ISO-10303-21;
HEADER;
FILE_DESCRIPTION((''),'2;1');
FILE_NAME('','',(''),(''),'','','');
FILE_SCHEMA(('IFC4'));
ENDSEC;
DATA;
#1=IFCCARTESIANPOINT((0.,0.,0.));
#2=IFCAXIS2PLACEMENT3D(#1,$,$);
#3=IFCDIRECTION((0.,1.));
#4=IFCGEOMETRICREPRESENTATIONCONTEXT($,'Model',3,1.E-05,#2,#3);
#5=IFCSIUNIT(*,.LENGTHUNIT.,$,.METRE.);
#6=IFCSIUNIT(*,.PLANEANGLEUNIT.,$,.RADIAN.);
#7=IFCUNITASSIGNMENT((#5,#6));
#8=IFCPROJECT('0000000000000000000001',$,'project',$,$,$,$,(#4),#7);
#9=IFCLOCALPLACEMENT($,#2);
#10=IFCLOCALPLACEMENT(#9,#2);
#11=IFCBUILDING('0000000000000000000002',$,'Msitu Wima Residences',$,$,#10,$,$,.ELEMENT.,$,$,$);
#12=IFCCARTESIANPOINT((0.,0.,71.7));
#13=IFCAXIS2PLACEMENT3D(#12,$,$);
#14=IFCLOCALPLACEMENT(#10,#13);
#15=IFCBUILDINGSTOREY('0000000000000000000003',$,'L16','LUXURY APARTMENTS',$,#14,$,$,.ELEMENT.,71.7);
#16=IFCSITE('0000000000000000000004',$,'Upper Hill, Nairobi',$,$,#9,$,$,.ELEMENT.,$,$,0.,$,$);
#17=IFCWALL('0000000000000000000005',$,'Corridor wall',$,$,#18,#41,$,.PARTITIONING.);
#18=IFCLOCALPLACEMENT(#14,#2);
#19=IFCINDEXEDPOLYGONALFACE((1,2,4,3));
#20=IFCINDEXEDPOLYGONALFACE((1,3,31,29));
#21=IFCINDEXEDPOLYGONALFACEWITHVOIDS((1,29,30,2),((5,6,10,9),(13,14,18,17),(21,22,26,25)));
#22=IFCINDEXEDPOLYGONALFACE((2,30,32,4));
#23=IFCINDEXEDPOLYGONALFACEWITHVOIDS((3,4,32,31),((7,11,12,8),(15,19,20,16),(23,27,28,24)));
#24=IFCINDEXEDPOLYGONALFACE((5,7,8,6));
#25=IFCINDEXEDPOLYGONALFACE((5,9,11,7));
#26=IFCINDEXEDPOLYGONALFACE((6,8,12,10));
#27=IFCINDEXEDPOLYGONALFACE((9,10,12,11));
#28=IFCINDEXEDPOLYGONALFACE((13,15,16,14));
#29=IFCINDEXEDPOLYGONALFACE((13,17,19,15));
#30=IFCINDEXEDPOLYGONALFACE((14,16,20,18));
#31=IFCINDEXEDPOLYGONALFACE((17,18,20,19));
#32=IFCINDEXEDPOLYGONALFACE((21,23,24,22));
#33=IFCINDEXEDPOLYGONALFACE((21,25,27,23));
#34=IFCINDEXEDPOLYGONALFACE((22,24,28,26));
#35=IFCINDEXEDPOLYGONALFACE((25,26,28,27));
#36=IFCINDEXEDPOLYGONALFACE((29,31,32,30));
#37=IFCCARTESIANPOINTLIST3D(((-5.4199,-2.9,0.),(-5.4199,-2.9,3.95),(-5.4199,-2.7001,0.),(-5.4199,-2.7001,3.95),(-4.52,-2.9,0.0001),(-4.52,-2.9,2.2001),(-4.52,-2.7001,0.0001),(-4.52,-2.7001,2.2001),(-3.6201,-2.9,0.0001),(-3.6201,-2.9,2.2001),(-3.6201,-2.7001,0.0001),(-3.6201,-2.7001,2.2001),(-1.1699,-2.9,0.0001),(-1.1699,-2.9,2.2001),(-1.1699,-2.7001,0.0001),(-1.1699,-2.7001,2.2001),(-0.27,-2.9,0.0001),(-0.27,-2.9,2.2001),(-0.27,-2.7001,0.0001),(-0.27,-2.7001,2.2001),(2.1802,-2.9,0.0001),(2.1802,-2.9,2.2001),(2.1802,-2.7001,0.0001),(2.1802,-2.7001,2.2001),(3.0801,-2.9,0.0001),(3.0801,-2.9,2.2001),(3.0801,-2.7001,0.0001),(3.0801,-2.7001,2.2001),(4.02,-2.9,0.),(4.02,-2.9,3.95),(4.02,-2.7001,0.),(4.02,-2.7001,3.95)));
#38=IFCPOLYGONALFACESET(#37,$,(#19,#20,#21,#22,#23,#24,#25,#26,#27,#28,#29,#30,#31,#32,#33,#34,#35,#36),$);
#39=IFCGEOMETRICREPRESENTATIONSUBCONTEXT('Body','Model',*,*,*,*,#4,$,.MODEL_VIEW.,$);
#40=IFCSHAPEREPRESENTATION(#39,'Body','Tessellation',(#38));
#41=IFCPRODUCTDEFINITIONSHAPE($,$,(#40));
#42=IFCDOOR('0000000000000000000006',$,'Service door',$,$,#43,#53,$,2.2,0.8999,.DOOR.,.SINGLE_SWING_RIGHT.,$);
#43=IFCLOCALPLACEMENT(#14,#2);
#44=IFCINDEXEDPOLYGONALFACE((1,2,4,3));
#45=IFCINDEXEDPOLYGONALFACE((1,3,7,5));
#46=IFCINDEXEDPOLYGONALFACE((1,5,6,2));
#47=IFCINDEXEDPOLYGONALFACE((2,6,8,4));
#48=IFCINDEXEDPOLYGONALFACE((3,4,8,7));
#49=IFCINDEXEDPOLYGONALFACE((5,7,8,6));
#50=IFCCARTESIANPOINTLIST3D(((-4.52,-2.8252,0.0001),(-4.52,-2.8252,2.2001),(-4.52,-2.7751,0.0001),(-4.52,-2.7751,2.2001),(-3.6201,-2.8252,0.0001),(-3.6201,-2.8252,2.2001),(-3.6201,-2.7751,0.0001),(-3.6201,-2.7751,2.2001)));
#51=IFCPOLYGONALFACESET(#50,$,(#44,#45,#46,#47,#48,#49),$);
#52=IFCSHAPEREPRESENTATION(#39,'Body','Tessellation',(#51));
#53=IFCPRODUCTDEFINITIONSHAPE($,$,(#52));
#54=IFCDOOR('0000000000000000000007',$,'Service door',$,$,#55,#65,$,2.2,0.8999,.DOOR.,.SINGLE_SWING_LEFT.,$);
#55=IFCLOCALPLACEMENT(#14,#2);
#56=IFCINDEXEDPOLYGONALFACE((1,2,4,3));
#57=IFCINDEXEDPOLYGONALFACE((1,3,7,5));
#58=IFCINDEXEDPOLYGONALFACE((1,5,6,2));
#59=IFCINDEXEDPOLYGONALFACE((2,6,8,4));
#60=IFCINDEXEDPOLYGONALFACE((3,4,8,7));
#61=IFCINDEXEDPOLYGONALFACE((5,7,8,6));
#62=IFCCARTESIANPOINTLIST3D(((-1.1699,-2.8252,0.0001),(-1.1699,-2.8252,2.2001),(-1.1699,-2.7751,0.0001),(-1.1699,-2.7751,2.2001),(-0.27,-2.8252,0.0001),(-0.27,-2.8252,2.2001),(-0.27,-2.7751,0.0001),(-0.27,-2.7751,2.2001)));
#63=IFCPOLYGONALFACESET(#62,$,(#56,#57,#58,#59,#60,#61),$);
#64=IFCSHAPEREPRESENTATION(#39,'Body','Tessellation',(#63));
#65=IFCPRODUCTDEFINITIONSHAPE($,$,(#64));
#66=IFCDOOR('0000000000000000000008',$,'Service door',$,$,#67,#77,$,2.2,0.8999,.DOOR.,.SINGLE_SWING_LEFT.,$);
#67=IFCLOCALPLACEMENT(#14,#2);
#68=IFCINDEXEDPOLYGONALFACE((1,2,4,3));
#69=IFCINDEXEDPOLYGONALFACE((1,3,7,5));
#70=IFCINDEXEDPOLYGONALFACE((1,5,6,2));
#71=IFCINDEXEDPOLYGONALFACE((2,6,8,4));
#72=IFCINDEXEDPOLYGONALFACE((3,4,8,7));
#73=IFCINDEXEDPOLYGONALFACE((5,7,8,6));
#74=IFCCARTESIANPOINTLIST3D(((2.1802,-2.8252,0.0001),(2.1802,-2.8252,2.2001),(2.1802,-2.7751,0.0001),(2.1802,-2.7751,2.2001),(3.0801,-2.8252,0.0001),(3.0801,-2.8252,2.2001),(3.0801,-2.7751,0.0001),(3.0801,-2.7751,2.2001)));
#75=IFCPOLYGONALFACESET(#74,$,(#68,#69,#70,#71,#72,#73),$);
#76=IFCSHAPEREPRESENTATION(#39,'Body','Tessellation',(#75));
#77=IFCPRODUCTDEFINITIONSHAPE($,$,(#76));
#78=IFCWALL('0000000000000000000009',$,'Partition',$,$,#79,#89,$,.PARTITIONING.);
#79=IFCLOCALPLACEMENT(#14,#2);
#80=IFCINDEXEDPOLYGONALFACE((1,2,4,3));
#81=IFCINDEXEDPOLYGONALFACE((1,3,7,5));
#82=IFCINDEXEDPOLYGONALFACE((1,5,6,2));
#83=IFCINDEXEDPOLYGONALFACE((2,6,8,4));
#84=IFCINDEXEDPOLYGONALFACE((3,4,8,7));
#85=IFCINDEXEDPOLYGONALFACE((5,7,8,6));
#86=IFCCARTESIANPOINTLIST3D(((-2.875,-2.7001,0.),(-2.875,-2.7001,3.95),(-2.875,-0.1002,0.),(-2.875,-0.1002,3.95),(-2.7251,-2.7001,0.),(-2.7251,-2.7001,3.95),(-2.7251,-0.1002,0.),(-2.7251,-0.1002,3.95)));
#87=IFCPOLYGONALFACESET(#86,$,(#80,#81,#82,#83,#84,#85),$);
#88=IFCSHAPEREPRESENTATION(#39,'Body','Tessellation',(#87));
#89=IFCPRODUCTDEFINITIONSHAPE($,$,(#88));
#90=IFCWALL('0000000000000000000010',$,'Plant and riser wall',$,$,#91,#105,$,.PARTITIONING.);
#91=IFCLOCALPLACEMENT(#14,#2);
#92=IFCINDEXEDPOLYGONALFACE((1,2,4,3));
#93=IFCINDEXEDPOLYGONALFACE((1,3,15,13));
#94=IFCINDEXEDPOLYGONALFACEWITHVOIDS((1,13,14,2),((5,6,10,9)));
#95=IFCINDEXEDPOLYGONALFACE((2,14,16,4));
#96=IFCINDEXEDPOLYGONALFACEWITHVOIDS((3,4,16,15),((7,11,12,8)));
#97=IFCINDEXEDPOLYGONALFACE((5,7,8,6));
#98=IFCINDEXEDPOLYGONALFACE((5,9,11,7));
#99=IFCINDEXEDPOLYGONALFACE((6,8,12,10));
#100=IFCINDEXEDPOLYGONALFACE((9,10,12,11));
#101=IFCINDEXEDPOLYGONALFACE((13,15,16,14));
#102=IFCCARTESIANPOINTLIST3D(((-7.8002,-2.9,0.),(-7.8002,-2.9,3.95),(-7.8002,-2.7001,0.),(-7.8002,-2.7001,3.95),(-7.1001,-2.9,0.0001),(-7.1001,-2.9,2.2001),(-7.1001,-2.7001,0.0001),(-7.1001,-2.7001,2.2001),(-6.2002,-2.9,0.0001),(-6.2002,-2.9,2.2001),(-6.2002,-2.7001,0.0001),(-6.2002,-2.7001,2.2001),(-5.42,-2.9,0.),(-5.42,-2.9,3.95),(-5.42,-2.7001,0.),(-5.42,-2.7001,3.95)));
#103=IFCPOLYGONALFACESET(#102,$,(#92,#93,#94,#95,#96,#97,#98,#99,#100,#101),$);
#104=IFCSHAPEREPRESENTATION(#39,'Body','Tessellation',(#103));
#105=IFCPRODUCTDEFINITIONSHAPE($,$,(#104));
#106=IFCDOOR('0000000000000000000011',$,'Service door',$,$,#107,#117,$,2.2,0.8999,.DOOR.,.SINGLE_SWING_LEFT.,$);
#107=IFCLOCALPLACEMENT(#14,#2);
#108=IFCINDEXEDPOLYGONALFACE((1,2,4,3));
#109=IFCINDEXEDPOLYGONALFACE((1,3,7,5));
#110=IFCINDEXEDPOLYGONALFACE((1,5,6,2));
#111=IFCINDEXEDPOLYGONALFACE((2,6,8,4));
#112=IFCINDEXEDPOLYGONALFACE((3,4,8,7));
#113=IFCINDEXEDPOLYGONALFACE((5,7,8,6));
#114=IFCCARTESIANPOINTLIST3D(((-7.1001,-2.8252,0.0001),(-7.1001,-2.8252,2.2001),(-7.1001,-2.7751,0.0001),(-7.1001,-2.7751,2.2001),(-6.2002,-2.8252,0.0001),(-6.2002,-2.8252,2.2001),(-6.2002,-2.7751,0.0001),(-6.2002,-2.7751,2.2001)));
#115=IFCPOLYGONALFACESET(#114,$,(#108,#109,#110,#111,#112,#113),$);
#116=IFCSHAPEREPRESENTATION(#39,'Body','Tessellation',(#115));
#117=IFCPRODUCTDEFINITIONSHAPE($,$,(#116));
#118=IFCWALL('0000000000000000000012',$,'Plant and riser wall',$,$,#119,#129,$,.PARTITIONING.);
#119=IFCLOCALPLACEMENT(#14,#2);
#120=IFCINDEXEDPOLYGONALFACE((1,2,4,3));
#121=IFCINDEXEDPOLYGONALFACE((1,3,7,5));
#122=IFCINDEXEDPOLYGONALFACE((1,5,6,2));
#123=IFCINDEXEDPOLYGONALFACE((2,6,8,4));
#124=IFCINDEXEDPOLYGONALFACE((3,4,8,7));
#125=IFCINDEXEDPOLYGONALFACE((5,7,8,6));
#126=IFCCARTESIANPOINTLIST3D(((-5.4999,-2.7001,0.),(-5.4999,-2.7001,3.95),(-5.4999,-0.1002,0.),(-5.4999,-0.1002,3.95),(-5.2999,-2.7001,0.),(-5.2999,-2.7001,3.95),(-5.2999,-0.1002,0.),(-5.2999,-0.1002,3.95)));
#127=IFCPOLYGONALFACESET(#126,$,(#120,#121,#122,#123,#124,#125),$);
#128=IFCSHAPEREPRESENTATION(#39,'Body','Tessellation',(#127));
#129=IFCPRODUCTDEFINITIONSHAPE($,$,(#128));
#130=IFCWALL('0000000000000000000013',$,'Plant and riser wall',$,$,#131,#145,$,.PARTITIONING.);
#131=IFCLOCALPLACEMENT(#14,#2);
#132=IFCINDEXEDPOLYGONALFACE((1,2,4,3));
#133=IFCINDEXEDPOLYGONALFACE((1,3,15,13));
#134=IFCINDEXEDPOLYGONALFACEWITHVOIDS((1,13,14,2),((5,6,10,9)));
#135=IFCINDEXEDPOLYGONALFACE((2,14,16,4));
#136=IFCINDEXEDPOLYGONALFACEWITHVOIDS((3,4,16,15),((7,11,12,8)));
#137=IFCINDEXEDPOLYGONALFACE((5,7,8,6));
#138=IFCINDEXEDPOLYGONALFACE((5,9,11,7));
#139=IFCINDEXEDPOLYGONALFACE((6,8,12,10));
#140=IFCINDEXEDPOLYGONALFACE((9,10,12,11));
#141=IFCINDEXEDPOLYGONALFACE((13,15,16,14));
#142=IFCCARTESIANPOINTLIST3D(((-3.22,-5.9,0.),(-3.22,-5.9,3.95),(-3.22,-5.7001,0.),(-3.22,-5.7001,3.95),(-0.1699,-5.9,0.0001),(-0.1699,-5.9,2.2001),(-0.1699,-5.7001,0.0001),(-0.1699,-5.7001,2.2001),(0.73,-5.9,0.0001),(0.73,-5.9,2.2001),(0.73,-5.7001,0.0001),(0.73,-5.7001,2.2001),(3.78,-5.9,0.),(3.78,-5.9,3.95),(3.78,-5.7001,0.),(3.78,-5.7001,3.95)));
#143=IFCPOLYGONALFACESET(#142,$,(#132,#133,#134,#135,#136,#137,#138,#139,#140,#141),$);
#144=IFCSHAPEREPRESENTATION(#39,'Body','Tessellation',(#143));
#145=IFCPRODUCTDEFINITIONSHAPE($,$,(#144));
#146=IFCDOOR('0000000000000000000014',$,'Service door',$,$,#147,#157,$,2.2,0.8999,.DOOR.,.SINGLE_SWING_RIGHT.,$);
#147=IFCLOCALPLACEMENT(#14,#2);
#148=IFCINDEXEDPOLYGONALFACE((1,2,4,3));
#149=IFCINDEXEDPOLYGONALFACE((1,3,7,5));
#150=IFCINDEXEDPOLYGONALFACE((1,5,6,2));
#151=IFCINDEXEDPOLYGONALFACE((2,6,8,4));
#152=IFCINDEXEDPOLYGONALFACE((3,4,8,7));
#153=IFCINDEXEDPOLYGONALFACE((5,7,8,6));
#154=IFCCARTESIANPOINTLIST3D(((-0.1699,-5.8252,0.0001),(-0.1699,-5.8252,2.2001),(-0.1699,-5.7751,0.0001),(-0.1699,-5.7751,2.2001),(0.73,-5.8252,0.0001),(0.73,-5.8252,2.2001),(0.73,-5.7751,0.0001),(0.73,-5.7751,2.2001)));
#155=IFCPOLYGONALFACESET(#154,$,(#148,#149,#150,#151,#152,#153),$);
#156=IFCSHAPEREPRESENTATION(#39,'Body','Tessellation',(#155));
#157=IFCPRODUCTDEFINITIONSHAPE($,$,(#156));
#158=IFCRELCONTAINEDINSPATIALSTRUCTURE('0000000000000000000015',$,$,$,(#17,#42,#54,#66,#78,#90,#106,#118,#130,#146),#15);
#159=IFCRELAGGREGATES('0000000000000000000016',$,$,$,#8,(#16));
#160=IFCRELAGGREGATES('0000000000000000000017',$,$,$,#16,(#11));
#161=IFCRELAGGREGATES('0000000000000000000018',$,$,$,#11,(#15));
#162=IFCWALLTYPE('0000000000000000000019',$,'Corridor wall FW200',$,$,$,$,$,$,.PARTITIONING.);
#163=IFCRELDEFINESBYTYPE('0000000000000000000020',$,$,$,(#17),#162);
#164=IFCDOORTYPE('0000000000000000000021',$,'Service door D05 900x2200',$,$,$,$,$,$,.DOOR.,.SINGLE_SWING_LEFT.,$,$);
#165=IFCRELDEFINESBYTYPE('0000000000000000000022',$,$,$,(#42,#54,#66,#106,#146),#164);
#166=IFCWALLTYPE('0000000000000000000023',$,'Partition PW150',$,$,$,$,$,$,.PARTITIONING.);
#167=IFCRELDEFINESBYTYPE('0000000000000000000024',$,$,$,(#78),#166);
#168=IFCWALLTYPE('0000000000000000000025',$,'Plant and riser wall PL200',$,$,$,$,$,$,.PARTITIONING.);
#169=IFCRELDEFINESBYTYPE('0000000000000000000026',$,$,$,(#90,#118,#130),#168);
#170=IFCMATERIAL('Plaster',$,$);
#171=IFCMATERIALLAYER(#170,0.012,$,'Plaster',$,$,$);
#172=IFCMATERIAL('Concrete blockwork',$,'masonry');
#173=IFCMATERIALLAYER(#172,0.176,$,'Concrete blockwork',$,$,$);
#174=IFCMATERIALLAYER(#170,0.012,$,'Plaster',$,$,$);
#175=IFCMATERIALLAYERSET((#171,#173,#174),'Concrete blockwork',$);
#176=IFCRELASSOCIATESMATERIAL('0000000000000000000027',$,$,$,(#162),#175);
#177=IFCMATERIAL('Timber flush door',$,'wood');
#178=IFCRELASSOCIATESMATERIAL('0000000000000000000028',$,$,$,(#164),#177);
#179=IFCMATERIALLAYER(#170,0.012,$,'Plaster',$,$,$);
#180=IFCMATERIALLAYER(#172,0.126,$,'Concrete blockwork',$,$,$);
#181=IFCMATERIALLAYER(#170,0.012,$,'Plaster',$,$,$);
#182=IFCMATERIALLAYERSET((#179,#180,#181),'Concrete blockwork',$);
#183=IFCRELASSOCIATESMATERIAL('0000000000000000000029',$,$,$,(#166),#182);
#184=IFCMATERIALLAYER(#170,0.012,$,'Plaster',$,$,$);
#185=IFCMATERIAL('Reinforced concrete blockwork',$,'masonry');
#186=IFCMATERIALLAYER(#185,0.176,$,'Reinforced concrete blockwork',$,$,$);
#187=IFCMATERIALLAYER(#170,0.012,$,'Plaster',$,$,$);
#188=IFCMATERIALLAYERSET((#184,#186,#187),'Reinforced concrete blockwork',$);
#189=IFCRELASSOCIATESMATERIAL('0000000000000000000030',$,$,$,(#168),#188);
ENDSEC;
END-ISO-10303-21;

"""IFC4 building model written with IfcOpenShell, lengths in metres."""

from ifc_helpers import new_model, si_unit, direction, frame, frame_2d, origin, place, context, subcontext, project, spatial, rectangle, extrude, material, layer, layer_set, type_object, element, fill, save


model = new_model("IFC4")

# Units and contexts
model_context = context("Model", 3, precision=1e-05, world=origin(), true_north=direction((0.0, 1.0)))
body_context = subcontext(model_context, "Body", "Model", "MODEL_VIEW")
ifc_project = project(units=[si_unit("LENGTHUNIT", "METRE"), si_unit("PLANEANGLEUNIT", "RADIAN")], contexts=[model_context])

# Site, building, storey
site_placement = place(None, origin())
site = spatial("IfcSite", under=ifc_project, at=site_placement, Name="Upper Hill, Nairobi", CompositionType="ELEMENT", RefElevation=0.0)
building_placement = place(site_placement, origin())
building = spatial("IfcBuilding", under=site, at=building_placement, Name="Msitu Wima Residences", CompositionType="ELEMENT")
storey_placement = place(building_placement, frame((0.0, 0.0, 71.7)))
storey = spatial("IfcBuildingStorey", under=building, at=storey_placement, Name="L16", Description="LUXURY APARTMENTS", CompositionType="ELEMENT", Elevation=71.7)

# Shared definitions
ifc_material_1 = material(Name="Plaster")
ifc_layer_1 = layer(ifc_material_1, 0.012, Name="Plaster")
ifc_material_2 = material(Name="Concrete blockwork", Category="masonry")
ifc_layer_2 = layer(ifc_material_2, 0.176, Name="Concrete blockwork")
ifc_layer_3 = layer(ifc_material_1, 0.012, Name="Plaster")
ifc_layer_set_1 = layer_set([ifc_layer_1, ifc_layer_2, ifc_layer_3], Name="Concrete blockwork")
wall_type_1 = type_object("IfcWallType", Name="Corridor wall FW200", PredefinedType="PARTITIONING", material=ifc_layer_set_1)
ifc_material_3 = material(Name="Timber flush door", Category="wood")
door_type_1 = type_object("IfcDoorType", Name="Service door D05 900x2200", OperationType="SINGLE_SWING_LEFT", PredefinedType="DOOR", material=ifc_material_3)

# Wall, openings, doors
wall_1_placement = place(storey_placement, frame((-5.4199, -2.8, 0.0), z_axis=(0.0, 0.0, 1.0), x_axis=(1.0, 0.0, 0.0)))
wall_1 = element("IfcWall", 1, at=wall_1_placement, inside=storey, type_object=wall_type_1, Name="Corridor wall", PredefinedType="PARTITIONING", context=body_context, shape_type="SweptSolid", body=[
    extrude(rectangle(XDim=9.4399, YDim=0.2, at=frame_2d((4.72, 0.0))), origin(), (0.0, 0.0, 1.0), 3.95),
])
opening_1_placement = place(wall_1_placement, frame((0.8999, 0.0, 0.0)))
opening_1 = element("IfcOpeningElement", 2, at=opening_1_placement, cuts=wall_1, PredefinedType="OPENING", context=body_context, shape_type="SweptSolid", body=[
    extrude(rectangle(XDim=0.8999, YDim=2.2, at=frame_2d((0.45, 1.1001))), frame((0.0, 0.1099, 0.0), z_axis=(0.0, -1.0, 0.0), x_axis=(1.0, 0.0, 0.0)), (0.0, 0.0, 1.0), 0.22),
])
opening_2_placement = place(wall_1_placement, frame((4.25, 0.0, 0.0)))
opening_2 = element("IfcOpeningElement", 3, at=opening_2_placement, cuts=wall_1, PredefinedType="OPENING", context=body_context, shape_type="SweptSolid", body=[
    extrude(rectangle(XDim=0.8999, YDim=2.2, at=frame_2d((0.45, 1.1001))), frame((0.0, 0.1099, 0.0), z_axis=(0.0, -1.0, 0.0), x_axis=(1.0, 0.0, 0.0)), (0.0, 0.0, 1.0), 0.22),
])
opening_3_placement = place(wall_1_placement, frame((7.6001, 0.0, 0.0)))
opening_3 = element("IfcOpeningElement", 4, at=opening_3_placement, cuts=wall_1, PredefinedType="OPENING", context=body_context, shape_type="SweptSolid", body=[
    extrude(rectangle(XDim=0.8999, YDim=2.2, at=frame_2d((0.45, 1.1001))), frame((0.0, 0.1099, 0.0), z_axis=(0.0, -1.0, 0.0), x_axis=(1.0, 0.0, 0.0)), (0.0, 0.0, 1.0), 0.22),
])
door_1_placement = place(opening_1_placement, origin())
door_1 = element("IfcDoor", 5, at=door_1_placement, inside=storey, type_object=door_type_1, Name="Service door", OperationType="SINGLE_SWING_RIGHT", OverallHeight=2.2, OverallWidth=0.8999, PredefinedType="DOOR", context=body_context, shape_type="SweptSolid", body=[
    extrude(rectangle(XDim=0.8999, YDim=2.2, at=frame_2d((0.45, 1.1001))), frame((0.0, 0.0249, 0.0), z_axis=(0.0, -1.0, 0.0), x_axis=(1.0, 0.0, 0.0)), (0.0, 0.0, 1.0), 0.05),
])
fill(opening_1, door_1)
door_2_placement = place(opening_2_placement, origin())
door_2 = element("IfcDoor", 6, at=door_2_placement, inside=storey, type_object=door_type_1, Name="Service door", OperationType="SINGLE_SWING_LEFT", OverallHeight=2.2, OverallWidth=0.8999, PredefinedType="DOOR", context=body_context, shape_type="SweptSolid", body=[
    extrude(rectangle(XDim=0.8999, YDim=2.2, at=frame_2d((0.45, 1.1001))), frame((0.0, 0.0249, 0.0), z_axis=(0.0, -1.0, 0.0), x_axis=(1.0, 0.0, 0.0)), (0.0, 0.0, 1.0), 0.05),
])
fill(opening_2, door_2)
door_3_placement = place(opening_3_placement, origin())
door_3 = element("IfcDoor", 7, at=door_3_placement, inside=storey, type_object=door_type_1, Name="Service door", OperationType="SINGLE_SWING_LEFT", OverallHeight=2.2, OverallWidth=0.8999, PredefinedType="DOOR", context=body_context, shape_type="SweptSolid", body=[
    extrude(rectangle(XDim=0.8999, YDim=2.2, at=frame_2d((0.45, 1.1001))), frame((0.0, 0.0249, 0.0), z_axis=(0.0, -1.0, 0.0), x_axis=(1.0, 0.0, 0.0)), (0.0, 0.0, 1.0), 0.05),
])
fill(opening_3, door_3)

# Wall
ifc_layer_4 = layer(ifc_material_1, 0.012, Name="Plaster")
ifc_layer_5 = layer(ifc_material_2, 0.126, Name="Concrete blockwork")
ifc_layer_6 = layer(ifc_material_1, 0.012, Name="Plaster")
ifc_layer_set_2 = layer_set([ifc_layer_4, ifc_layer_5, ifc_layer_6], Name="Concrete blockwork")
wall_type_2 = type_object("IfcWallType", Name="Partition PW150", PredefinedType="PARTITIONING", material=ifc_layer_set_2)
wall_2_placement = place(storey_placement, frame((-2.8, -2.7, 0.0), z_axis=(0.0, 0.0, 1.0), x_axis=(0.0, 1.0, 0.0)))
element("IfcWall", 8, at=wall_2_placement, inside=storey, type_object=wall_type_2, Name="Partition", PredefinedType="PARTITIONING", context=body_context, shape_type="SweptSolid", body=[
    extrude(rectangle(XDim=2.5999, YDim=0.1499, at=frame_2d((1.2998, 0.0))), origin(), (0.0, 0.0, 1.0), 3.95),
])

# Wall, opening, door
ifc_layer_7 = layer(ifc_material_1, 0.012, Name="Plaster")
ifc_material_4 = material(Name="Reinforced concrete blockwork", Category="masonry")
ifc_layer_8 = layer(ifc_material_4, 0.176, Name="Reinforced concrete blockwork")
ifc_layer_9 = layer(ifc_material_1, 0.012, Name="Plaster")
ifc_layer_set_3 = layer_set([ifc_layer_7, ifc_layer_8, ifc_layer_9], Name="Reinforced concrete blockwork")
wall_type_3 = type_object("IfcWallType", Name="Plant and riser wall PL200", PredefinedType="PARTITIONING", material=ifc_layer_set_3)
wall_3_placement = place(storey_placement, frame((-7.8, -2.8, 0.0), z_axis=(0.0, 0.0, 1.0), x_axis=(1.0, 0.0, 0.0)))
wall_3 = element("IfcWall", 9, at=wall_3_placement, inside=storey, type_object=wall_type_3, Name="Plant and riser wall", PredefinedType="PARTITIONING", context=body_context, shape_type="SweptSolid", body=[
    extrude(rectangle(XDim=2.3801, YDim=0.2, at=frame_2d((1.1899, 0.0))), origin(), (0.0, 0.0, 1.0), 3.95),
])
opening_4_placement = place(wall_3_placement, frame((0.7, 0.0, 0.0)))
opening_4 = element("IfcOpeningElement", 10, at=opening_4_placement, cuts=wall_3, PredefinedType="OPENING", context=body_context, shape_type="SweptSolid", body=[
    extrude(rectangle(XDim=0.8999, YDim=2.2, at=frame_2d((0.45, 1.1001))), frame((0.0, 0.1099, 0.0), z_axis=(0.0, -1.0, 0.0), x_axis=(1.0, 0.0, 0.0)), (0.0, 0.0, 1.0), 0.22),
])
door_4_placement = place(opening_4_placement, origin())
door_4 = element("IfcDoor", 11, at=door_4_placement, inside=storey, type_object=door_type_1, Name="Service door", OperationType="SINGLE_SWING_LEFT", OverallHeight=2.2, OverallWidth=0.8999, PredefinedType="DOOR", context=body_context, shape_type="SweptSolid", body=[
    extrude(rectangle(XDim=0.8999, YDim=2.2, at=frame_2d((0.45, 1.1001))), frame((0.0, 0.0249, 0.0), z_axis=(0.0, -1.0, 0.0), x_axis=(1.0, 0.0, 0.0)), (0.0, 0.0, 1.0), 0.05),
])
fill(opening_4, door_4)

# Wall
wall_4_placement = place(storey_placement, frame((-5.3999, -2.7, 0.0), z_axis=(0.0, 0.0, 1.0), x_axis=(0.0, 1.0, 0.0)))
element("IfcWall", 12, at=wall_4_placement, inside=storey, type_object=wall_type_3, Name="Plant and riser wall", PredefinedType="PARTITIONING", context=body_context, shape_type="SweptSolid", body=[
    extrude(rectangle(XDim=2.5999, YDim=0.2, at=frame_2d((1.2998, 0.0))), origin(), (0.0, 0.0, 1.0), 3.95),
])

# Wall, opening, door
wall_5_placement = place(storey_placement, frame((-3.22, -5.8, 0.0), z_axis=(0.0, 0.0, 1.0), x_axis=(1.0, 0.0, 0.0)))
wall_5 = element("IfcWall", 13, at=wall_5_placement, inside=storey, type_object=wall_type_3, Name="Plant and riser wall", PredefinedType="PARTITIONING", context=body_context, shape_type="SweptSolid", body=[
    extrude(rectangle(XDim=7.0, YDim=0.2, at=frame_2d((3.5, 0.0))), origin(), (0.0, 0.0, 1.0), 3.95),
])
opening_5_placement = place(wall_5_placement, frame((3.05, 0.0, 0.0)))
opening_5 = element("IfcOpeningElement", 14, at=opening_5_placement, cuts=wall_5, PredefinedType="OPENING", context=body_context, shape_type="SweptSolid", body=[
    extrude(rectangle(XDim=0.8999, YDim=2.2, at=frame_2d((0.45, 1.1001))), frame((0.0, 0.1099, 0.0), z_axis=(0.0, -1.0, 0.0), x_axis=(1.0, 0.0, 0.0)), (0.0, 0.0, 1.0), 0.22),
])
door_5_placement = place(opening_5_placement, origin())
door_5 = element("IfcDoor", 15, at=door_5_placement, inside=storey, type_object=door_type_1, Name="Service door", OperationType="SINGLE_SWING_RIGHT", OverallHeight=2.2, OverallWidth=0.8999, PredefinedType="DOOR", context=body_context, shape_type="SweptSolid", body=[
    extrude(rectangle(XDim=0.8999, YDim=2.2, at=frame_2d((0.45, 1.1001))), frame((0.0, 0.0249, 0.0), z_axis=(0.0, -1.0, 0.0), x_axis=(1.0, 0.0, 0.0)), (0.0, 0.0, 1.0), 0.05),
])
fill(opening_5, door_5)

save(model, "model.ifc")
